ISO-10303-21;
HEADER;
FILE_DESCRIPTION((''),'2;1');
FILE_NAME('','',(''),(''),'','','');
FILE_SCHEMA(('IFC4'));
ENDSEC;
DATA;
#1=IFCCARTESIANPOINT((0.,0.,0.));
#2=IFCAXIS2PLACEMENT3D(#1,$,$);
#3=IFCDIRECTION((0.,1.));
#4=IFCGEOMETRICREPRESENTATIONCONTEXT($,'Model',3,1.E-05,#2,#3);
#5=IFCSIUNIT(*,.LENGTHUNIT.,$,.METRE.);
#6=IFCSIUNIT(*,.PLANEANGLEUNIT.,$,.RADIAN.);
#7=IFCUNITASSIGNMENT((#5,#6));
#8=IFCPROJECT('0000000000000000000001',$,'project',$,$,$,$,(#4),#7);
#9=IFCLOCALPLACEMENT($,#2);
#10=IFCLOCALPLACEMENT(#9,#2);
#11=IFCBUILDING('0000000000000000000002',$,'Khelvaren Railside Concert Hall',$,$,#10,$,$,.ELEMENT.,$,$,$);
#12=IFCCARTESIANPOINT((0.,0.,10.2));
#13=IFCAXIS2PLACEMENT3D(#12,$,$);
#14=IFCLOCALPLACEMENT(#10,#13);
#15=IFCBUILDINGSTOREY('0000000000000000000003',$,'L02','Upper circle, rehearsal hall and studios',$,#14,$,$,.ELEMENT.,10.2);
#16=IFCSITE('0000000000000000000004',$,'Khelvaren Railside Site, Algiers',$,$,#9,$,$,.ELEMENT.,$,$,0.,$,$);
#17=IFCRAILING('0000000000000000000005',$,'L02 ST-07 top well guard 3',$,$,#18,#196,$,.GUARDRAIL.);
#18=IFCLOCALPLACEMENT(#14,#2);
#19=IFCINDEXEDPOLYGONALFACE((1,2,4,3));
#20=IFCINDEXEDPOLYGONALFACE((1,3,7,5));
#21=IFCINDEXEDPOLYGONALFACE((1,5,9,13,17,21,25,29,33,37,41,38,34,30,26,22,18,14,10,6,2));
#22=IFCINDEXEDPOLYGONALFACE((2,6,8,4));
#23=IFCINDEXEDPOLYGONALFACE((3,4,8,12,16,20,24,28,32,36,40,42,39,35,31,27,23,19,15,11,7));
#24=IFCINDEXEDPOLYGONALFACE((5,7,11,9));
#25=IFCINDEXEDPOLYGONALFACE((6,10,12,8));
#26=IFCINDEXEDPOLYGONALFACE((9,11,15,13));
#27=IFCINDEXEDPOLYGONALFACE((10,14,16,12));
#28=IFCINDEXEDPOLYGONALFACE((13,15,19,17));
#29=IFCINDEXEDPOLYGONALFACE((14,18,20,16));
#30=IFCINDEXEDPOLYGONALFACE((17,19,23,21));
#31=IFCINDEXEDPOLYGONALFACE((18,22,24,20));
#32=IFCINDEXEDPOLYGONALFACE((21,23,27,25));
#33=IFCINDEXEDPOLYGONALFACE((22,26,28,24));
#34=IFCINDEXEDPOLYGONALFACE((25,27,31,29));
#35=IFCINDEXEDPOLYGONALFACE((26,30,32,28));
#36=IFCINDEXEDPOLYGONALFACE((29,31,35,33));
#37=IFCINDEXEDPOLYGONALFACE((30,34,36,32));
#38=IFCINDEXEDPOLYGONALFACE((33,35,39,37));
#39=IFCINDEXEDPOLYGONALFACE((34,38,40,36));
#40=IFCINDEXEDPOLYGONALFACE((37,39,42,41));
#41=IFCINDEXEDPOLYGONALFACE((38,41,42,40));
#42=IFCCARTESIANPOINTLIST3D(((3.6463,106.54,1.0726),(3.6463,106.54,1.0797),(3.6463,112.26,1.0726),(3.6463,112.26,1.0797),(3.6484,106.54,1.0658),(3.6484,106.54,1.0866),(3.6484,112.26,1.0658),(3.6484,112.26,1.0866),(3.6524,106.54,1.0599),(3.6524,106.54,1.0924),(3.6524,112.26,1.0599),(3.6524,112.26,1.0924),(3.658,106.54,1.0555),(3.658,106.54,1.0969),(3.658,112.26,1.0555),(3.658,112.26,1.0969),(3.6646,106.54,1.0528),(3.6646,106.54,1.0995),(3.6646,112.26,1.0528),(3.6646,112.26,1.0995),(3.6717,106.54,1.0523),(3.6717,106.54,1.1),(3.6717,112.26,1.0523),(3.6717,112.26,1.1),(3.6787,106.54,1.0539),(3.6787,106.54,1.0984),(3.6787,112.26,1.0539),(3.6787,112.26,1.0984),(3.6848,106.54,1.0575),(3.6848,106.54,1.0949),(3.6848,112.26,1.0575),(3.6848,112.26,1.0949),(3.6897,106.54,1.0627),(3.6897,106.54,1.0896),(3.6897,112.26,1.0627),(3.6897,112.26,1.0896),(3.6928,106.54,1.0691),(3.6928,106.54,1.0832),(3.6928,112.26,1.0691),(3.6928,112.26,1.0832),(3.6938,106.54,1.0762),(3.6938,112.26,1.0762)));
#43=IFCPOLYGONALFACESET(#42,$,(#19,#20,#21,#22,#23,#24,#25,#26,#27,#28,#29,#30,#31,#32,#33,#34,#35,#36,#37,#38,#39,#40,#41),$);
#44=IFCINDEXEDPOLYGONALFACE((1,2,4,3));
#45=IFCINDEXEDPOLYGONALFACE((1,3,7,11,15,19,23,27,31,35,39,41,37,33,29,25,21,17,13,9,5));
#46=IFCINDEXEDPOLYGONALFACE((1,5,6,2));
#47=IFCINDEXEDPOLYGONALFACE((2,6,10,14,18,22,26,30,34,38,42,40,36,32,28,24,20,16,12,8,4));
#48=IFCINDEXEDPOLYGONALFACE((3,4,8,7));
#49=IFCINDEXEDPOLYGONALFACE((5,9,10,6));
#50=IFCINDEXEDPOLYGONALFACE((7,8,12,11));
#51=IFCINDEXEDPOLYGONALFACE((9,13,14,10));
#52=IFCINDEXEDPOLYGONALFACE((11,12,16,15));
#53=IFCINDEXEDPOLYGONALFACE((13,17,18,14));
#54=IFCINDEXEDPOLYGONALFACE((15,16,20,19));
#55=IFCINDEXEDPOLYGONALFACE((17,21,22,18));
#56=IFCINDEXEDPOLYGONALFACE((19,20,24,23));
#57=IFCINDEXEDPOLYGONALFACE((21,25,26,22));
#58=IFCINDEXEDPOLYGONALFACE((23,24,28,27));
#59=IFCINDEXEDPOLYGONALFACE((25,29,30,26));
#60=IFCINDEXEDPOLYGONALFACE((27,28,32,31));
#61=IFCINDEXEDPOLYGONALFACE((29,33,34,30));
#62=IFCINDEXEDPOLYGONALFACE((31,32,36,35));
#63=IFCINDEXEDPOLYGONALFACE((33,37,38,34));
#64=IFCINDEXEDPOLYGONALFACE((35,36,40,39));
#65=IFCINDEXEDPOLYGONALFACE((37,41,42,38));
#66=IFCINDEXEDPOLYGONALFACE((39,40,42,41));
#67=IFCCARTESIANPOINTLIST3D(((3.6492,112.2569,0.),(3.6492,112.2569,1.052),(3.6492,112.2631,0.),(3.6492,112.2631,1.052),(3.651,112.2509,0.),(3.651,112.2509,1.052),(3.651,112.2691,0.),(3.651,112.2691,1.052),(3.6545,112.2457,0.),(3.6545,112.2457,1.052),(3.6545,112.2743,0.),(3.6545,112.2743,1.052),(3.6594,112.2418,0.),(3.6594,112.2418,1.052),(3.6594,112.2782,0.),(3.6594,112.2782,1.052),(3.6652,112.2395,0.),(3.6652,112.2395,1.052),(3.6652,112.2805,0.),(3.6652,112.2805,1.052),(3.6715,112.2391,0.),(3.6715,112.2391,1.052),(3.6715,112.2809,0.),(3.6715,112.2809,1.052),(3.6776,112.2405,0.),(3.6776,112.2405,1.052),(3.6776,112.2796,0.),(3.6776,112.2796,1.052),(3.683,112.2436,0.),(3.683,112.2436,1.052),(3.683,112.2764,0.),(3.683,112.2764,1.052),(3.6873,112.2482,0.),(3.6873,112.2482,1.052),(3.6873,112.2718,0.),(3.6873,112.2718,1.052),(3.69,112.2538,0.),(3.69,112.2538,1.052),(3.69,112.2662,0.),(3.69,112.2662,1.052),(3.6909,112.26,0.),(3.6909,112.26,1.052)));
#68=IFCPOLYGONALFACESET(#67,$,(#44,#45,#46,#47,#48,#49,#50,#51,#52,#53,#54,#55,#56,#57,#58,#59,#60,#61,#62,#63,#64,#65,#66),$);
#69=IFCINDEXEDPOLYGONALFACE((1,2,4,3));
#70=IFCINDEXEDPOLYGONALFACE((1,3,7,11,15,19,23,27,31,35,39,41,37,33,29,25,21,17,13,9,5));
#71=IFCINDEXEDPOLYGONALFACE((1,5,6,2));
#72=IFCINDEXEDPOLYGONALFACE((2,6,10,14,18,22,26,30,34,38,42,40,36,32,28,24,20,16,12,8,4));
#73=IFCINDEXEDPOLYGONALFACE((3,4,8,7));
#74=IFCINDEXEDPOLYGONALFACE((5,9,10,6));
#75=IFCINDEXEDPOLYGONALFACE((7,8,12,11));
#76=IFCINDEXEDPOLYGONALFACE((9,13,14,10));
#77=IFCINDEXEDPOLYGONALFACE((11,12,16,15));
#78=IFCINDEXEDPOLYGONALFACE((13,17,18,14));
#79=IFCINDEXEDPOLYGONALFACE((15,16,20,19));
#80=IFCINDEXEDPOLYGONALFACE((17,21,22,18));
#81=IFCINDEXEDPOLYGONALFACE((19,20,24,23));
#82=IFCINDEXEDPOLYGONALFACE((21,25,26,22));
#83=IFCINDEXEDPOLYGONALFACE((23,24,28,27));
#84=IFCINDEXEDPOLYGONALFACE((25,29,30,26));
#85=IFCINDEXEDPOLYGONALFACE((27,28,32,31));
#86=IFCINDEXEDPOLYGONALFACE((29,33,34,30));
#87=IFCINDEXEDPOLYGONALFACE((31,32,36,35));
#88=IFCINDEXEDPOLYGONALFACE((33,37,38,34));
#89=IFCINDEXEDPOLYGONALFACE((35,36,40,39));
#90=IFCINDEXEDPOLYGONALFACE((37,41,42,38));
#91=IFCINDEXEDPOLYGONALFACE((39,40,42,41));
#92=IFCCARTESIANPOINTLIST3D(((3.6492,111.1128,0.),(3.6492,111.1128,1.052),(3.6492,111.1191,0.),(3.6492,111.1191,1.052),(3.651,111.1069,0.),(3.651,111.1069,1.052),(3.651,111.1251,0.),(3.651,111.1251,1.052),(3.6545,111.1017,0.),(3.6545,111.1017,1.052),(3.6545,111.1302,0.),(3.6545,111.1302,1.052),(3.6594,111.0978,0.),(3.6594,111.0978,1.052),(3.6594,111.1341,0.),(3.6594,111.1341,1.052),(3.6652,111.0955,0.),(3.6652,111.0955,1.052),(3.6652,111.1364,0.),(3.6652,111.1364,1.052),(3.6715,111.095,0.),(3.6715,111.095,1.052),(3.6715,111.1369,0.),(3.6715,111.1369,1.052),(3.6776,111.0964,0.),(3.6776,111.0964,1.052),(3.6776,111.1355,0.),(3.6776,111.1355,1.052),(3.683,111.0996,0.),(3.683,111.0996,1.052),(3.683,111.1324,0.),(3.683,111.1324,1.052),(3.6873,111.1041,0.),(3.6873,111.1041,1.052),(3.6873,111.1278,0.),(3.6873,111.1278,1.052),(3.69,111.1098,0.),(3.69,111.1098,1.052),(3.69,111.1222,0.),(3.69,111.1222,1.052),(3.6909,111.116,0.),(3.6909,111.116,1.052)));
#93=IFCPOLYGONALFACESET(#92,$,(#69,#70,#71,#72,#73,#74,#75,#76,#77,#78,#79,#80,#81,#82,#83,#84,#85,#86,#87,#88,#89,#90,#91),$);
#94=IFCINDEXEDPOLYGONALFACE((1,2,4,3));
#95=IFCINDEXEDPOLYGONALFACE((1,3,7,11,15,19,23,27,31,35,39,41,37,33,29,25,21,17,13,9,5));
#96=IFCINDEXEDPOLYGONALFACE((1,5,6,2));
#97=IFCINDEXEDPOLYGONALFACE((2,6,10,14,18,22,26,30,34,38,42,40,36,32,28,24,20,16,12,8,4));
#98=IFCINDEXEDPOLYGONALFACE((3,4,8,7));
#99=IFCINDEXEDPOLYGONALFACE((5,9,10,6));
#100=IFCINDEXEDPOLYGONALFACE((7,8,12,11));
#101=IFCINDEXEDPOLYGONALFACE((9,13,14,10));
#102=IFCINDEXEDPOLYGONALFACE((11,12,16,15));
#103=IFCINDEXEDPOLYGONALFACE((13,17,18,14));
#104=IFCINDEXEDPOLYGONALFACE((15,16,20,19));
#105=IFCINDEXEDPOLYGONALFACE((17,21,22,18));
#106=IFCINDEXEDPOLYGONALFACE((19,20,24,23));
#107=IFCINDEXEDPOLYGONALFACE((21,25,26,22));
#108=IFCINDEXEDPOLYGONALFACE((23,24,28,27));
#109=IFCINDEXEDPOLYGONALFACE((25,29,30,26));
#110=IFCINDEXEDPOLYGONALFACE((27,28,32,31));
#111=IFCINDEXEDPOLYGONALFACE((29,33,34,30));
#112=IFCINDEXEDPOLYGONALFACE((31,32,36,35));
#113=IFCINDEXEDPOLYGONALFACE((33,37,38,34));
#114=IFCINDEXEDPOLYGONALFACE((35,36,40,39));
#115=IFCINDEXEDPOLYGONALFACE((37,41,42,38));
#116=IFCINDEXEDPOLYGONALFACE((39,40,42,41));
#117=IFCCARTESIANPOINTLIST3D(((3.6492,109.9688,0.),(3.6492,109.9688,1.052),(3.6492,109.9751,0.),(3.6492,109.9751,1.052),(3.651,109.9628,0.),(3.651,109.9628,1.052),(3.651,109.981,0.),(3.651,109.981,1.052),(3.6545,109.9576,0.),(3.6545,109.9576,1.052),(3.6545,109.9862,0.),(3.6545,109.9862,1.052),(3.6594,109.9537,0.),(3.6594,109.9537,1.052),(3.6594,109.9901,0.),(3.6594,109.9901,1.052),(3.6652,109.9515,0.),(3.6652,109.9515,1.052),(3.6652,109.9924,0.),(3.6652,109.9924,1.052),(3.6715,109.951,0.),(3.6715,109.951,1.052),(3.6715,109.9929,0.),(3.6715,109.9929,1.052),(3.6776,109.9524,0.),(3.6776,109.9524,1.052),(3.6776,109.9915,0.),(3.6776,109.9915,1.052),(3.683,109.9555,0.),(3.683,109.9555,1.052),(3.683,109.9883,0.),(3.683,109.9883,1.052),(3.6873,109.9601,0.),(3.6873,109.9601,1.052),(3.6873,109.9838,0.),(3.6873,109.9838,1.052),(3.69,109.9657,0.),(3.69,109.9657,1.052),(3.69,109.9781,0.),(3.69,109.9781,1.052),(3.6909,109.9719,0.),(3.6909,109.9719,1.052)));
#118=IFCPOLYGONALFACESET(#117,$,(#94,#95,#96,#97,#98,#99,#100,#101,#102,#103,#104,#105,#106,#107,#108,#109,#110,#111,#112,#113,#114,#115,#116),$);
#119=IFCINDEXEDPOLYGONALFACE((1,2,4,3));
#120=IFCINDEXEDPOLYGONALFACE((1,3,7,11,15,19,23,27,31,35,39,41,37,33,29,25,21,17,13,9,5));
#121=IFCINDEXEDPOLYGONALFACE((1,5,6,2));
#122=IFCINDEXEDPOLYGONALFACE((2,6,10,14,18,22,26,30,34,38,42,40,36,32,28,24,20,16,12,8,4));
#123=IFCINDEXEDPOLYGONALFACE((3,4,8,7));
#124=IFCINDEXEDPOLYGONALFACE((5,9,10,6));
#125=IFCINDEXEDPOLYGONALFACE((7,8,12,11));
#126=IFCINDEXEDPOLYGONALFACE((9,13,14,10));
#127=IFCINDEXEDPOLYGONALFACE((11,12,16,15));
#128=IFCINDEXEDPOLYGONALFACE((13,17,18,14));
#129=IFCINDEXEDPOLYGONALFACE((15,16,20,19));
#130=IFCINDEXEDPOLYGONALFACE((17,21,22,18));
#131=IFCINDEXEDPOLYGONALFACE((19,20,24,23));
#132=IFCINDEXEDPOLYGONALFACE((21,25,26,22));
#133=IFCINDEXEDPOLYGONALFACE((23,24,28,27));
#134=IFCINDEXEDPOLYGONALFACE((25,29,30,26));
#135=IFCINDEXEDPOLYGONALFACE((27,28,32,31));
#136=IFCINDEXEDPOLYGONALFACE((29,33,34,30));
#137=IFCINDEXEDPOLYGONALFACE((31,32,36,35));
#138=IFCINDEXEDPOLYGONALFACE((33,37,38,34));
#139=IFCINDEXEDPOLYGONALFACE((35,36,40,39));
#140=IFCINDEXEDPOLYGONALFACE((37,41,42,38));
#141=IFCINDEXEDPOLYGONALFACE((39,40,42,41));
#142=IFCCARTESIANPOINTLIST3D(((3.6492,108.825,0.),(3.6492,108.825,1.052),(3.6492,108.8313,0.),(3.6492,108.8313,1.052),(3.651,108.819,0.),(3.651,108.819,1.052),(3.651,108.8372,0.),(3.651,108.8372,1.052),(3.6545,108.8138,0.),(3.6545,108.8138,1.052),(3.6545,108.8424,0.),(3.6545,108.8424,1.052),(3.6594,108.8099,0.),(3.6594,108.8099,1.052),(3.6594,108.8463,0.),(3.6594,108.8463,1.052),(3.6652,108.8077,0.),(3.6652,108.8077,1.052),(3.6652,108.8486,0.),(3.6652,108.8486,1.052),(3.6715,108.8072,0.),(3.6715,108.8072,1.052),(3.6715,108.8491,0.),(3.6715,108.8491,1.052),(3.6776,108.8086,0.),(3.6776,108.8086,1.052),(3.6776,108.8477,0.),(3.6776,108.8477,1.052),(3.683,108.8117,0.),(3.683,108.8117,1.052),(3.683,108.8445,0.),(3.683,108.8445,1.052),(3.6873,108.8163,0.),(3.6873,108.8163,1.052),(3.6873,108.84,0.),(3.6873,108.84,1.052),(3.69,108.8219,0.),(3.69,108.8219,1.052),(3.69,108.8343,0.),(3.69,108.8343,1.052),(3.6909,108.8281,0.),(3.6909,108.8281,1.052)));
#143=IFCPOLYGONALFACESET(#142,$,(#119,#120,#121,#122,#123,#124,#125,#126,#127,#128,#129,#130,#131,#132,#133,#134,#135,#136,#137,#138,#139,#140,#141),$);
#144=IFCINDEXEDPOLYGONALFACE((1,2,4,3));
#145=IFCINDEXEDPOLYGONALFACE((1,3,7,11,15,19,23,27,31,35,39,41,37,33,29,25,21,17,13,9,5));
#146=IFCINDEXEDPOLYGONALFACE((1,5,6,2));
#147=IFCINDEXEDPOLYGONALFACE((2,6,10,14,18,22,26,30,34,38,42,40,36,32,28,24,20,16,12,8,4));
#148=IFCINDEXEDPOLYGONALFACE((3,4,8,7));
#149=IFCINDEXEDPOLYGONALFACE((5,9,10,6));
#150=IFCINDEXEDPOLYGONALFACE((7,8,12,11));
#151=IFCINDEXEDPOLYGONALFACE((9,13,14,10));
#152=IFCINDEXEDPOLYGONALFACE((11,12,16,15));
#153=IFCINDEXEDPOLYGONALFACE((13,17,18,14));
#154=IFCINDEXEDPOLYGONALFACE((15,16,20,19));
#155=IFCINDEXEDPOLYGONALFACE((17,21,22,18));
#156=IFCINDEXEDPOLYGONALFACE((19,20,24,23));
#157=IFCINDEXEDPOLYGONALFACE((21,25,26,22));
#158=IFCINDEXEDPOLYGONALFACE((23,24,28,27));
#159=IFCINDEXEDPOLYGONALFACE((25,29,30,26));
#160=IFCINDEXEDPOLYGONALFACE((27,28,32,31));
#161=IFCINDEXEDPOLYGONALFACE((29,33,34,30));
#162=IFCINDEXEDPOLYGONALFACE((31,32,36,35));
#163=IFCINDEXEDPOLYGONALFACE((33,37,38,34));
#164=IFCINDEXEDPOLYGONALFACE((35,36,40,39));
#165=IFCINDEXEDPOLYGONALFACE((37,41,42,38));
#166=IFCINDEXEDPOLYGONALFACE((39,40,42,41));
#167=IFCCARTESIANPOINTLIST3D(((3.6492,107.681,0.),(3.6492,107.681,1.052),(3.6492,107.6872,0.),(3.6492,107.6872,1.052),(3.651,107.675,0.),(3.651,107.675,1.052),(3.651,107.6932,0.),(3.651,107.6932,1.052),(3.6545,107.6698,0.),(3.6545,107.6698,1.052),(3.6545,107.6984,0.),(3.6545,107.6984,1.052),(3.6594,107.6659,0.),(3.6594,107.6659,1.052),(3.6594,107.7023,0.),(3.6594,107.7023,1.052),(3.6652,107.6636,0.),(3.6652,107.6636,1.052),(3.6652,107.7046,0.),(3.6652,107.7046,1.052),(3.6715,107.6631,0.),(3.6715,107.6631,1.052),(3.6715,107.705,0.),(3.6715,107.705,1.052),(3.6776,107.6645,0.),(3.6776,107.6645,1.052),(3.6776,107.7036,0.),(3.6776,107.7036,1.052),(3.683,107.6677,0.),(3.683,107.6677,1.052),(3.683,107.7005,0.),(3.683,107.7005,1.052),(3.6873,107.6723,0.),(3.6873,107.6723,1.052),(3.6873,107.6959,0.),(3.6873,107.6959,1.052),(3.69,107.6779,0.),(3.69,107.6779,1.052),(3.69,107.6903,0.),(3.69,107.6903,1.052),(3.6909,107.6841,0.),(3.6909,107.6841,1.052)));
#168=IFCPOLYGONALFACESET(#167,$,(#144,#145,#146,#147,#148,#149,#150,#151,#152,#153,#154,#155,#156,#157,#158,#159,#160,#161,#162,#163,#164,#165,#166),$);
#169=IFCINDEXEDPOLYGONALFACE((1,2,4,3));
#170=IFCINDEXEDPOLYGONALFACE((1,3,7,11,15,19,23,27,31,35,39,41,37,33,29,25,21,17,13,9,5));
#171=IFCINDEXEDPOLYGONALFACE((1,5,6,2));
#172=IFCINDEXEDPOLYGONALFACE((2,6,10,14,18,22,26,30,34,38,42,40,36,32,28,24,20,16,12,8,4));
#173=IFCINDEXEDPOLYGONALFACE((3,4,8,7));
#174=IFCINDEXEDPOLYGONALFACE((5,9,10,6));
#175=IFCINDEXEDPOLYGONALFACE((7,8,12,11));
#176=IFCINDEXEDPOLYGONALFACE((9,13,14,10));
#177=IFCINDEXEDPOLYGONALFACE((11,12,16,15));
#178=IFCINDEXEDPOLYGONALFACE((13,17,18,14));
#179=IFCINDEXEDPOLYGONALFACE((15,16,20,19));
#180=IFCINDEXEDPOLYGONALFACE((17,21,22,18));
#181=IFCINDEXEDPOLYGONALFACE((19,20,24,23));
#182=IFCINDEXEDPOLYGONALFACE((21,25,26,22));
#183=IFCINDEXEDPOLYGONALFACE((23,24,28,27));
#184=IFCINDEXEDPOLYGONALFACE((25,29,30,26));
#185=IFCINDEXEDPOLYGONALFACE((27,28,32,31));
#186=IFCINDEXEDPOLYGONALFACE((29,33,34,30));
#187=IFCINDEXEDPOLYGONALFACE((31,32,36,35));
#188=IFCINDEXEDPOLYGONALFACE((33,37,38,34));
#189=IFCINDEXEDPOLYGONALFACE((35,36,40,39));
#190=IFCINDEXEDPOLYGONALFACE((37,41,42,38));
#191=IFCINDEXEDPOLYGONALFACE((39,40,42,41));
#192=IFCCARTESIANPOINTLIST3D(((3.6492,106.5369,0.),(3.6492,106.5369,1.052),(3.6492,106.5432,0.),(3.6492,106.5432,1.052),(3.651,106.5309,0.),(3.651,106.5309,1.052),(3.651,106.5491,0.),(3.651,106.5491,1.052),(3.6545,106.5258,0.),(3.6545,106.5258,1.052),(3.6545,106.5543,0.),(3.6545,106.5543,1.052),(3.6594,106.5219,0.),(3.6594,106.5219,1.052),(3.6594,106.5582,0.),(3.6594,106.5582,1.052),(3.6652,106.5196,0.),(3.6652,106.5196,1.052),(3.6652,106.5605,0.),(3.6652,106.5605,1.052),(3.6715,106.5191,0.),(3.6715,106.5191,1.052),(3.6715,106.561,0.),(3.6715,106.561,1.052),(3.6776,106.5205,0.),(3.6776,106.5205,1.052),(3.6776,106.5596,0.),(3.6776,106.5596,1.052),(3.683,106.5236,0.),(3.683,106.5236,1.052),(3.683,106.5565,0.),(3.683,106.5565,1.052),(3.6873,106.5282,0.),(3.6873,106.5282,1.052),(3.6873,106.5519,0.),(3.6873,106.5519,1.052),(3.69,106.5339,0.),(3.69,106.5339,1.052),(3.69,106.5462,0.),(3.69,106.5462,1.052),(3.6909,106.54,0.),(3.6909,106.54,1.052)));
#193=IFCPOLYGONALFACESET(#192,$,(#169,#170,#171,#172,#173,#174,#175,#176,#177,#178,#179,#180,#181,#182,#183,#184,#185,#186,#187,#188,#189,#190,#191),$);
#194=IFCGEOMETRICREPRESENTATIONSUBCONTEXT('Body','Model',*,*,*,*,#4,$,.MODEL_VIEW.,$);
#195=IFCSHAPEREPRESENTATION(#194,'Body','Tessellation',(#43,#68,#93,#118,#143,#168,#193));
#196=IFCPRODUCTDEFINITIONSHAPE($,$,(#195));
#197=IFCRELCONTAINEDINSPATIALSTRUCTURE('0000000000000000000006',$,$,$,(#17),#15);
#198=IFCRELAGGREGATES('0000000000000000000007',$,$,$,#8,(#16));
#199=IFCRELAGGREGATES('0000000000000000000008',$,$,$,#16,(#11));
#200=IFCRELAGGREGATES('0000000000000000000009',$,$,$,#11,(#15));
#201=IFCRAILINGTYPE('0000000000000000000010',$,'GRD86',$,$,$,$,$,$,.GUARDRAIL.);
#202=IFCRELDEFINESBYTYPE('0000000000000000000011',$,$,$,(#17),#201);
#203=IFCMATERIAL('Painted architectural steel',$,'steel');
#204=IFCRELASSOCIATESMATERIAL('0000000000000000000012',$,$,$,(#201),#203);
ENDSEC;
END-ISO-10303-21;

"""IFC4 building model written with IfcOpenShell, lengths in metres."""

from ifc_helpers import new_model, si_unit, direction, frame, origin, origin_2d, place, context, subcontext, project, spatial, circle, extrude, material, type_object, element, save


model = new_model("IFC4")

# Units and contexts
model_context = context("Model", 3, precision=1e-05, world=origin(), true_north=direction((0.0, 1.0)))
body_context = subcontext(model_context, "Body", "Model", "MODEL_VIEW")
ifc_project = project(units=[si_unit("LENGTHUNIT", "METRE"), si_unit("PLANEANGLEUNIT", "RADIAN")], contexts=[model_context])

# Site, building, storey
site_placement = place(None, origin())
site = spatial("IfcSite", under=ifc_project, at=site_placement, Name="Khelvaren Railside Site, Algiers", CompositionType="ELEMENT", RefElevation=0.0)
building_placement = place(site_placement, origin())
building = spatial("IfcBuilding", under=site, at=building_placement, Name="Khelvaren Railside Concert Hall", CompositionType="ELEMENT")
storey_placement = place(building_placement, frame((0.0, 0.0, 10.2)))
storey = spatial("IfcBuildingStorey", under=building, at=storey_placement, Name="L02", Description="Upper circle, rehearsal hall and studios", CompositionType="ELEMENT", Elevation=10.2)

# Railing
ifc_material_1 = material(Name="Painted architectural steel", Category="steel")
railing_type = type_object("IfcRailingType", Name="GRD86", PredefinedType="GUARDRAIL", material=ifc_material_1)
for number, where, name in (
    (1, (3.6699, 112.26, 0.0), "L02 ST-07 top well guard 3"),
):
    element("IfcRailing", number, at=place(storey_placement, frame(where)), inside=storey, type_object=railing_type, Name=name, PredefinedType="GUARDRAIL", context=body_context, shape_type="SweptSolid", body=[
        extrude(circle(Radius=0.0239, at=origin_2d()), frame((0.0, 0.0, 1.0762), z_axis=(0.0, -1.0, 0.0), x_axis=(1.0, 0.0, 0.0)), (0.0, 0.0, 1.0), 5.72),
        extrude(circle(Radius=0.021, at=origin_2d()), origin(), (0.0, 0.0, 1.0), 1.052),
        extrude(circle(Radius=0.021, at=origin_2d()), frame((0.0, -1.144, 0.0)), (0.0, 0.0, 1.0), 1.052),
        extrude(circle(Radius=0.021, at=origin_2d()), frame((0.0, -2.2881, 0.0)), (0.0, 0.0, 1.0), 1.052),
        extrude(circle(Radius=0.021, at=origin_2d()), frame((0.0, -3.4319, 0.0)), (0.0, 0.0, 1.0), 1.052),
        extrude(circle(Radius=0.021, at=origin_2d()), frame((0.0, -4.5759, 0.0)), (0.0, 0.0, 1.0), 1.052),
        extrude(circle(Radius=0.021, at=origin_2d()), frame((0.0, -5.72, 0.0)), (0.0, 0.0, 1.0), 1.052),
    ])

save(model, "model.ifc")
